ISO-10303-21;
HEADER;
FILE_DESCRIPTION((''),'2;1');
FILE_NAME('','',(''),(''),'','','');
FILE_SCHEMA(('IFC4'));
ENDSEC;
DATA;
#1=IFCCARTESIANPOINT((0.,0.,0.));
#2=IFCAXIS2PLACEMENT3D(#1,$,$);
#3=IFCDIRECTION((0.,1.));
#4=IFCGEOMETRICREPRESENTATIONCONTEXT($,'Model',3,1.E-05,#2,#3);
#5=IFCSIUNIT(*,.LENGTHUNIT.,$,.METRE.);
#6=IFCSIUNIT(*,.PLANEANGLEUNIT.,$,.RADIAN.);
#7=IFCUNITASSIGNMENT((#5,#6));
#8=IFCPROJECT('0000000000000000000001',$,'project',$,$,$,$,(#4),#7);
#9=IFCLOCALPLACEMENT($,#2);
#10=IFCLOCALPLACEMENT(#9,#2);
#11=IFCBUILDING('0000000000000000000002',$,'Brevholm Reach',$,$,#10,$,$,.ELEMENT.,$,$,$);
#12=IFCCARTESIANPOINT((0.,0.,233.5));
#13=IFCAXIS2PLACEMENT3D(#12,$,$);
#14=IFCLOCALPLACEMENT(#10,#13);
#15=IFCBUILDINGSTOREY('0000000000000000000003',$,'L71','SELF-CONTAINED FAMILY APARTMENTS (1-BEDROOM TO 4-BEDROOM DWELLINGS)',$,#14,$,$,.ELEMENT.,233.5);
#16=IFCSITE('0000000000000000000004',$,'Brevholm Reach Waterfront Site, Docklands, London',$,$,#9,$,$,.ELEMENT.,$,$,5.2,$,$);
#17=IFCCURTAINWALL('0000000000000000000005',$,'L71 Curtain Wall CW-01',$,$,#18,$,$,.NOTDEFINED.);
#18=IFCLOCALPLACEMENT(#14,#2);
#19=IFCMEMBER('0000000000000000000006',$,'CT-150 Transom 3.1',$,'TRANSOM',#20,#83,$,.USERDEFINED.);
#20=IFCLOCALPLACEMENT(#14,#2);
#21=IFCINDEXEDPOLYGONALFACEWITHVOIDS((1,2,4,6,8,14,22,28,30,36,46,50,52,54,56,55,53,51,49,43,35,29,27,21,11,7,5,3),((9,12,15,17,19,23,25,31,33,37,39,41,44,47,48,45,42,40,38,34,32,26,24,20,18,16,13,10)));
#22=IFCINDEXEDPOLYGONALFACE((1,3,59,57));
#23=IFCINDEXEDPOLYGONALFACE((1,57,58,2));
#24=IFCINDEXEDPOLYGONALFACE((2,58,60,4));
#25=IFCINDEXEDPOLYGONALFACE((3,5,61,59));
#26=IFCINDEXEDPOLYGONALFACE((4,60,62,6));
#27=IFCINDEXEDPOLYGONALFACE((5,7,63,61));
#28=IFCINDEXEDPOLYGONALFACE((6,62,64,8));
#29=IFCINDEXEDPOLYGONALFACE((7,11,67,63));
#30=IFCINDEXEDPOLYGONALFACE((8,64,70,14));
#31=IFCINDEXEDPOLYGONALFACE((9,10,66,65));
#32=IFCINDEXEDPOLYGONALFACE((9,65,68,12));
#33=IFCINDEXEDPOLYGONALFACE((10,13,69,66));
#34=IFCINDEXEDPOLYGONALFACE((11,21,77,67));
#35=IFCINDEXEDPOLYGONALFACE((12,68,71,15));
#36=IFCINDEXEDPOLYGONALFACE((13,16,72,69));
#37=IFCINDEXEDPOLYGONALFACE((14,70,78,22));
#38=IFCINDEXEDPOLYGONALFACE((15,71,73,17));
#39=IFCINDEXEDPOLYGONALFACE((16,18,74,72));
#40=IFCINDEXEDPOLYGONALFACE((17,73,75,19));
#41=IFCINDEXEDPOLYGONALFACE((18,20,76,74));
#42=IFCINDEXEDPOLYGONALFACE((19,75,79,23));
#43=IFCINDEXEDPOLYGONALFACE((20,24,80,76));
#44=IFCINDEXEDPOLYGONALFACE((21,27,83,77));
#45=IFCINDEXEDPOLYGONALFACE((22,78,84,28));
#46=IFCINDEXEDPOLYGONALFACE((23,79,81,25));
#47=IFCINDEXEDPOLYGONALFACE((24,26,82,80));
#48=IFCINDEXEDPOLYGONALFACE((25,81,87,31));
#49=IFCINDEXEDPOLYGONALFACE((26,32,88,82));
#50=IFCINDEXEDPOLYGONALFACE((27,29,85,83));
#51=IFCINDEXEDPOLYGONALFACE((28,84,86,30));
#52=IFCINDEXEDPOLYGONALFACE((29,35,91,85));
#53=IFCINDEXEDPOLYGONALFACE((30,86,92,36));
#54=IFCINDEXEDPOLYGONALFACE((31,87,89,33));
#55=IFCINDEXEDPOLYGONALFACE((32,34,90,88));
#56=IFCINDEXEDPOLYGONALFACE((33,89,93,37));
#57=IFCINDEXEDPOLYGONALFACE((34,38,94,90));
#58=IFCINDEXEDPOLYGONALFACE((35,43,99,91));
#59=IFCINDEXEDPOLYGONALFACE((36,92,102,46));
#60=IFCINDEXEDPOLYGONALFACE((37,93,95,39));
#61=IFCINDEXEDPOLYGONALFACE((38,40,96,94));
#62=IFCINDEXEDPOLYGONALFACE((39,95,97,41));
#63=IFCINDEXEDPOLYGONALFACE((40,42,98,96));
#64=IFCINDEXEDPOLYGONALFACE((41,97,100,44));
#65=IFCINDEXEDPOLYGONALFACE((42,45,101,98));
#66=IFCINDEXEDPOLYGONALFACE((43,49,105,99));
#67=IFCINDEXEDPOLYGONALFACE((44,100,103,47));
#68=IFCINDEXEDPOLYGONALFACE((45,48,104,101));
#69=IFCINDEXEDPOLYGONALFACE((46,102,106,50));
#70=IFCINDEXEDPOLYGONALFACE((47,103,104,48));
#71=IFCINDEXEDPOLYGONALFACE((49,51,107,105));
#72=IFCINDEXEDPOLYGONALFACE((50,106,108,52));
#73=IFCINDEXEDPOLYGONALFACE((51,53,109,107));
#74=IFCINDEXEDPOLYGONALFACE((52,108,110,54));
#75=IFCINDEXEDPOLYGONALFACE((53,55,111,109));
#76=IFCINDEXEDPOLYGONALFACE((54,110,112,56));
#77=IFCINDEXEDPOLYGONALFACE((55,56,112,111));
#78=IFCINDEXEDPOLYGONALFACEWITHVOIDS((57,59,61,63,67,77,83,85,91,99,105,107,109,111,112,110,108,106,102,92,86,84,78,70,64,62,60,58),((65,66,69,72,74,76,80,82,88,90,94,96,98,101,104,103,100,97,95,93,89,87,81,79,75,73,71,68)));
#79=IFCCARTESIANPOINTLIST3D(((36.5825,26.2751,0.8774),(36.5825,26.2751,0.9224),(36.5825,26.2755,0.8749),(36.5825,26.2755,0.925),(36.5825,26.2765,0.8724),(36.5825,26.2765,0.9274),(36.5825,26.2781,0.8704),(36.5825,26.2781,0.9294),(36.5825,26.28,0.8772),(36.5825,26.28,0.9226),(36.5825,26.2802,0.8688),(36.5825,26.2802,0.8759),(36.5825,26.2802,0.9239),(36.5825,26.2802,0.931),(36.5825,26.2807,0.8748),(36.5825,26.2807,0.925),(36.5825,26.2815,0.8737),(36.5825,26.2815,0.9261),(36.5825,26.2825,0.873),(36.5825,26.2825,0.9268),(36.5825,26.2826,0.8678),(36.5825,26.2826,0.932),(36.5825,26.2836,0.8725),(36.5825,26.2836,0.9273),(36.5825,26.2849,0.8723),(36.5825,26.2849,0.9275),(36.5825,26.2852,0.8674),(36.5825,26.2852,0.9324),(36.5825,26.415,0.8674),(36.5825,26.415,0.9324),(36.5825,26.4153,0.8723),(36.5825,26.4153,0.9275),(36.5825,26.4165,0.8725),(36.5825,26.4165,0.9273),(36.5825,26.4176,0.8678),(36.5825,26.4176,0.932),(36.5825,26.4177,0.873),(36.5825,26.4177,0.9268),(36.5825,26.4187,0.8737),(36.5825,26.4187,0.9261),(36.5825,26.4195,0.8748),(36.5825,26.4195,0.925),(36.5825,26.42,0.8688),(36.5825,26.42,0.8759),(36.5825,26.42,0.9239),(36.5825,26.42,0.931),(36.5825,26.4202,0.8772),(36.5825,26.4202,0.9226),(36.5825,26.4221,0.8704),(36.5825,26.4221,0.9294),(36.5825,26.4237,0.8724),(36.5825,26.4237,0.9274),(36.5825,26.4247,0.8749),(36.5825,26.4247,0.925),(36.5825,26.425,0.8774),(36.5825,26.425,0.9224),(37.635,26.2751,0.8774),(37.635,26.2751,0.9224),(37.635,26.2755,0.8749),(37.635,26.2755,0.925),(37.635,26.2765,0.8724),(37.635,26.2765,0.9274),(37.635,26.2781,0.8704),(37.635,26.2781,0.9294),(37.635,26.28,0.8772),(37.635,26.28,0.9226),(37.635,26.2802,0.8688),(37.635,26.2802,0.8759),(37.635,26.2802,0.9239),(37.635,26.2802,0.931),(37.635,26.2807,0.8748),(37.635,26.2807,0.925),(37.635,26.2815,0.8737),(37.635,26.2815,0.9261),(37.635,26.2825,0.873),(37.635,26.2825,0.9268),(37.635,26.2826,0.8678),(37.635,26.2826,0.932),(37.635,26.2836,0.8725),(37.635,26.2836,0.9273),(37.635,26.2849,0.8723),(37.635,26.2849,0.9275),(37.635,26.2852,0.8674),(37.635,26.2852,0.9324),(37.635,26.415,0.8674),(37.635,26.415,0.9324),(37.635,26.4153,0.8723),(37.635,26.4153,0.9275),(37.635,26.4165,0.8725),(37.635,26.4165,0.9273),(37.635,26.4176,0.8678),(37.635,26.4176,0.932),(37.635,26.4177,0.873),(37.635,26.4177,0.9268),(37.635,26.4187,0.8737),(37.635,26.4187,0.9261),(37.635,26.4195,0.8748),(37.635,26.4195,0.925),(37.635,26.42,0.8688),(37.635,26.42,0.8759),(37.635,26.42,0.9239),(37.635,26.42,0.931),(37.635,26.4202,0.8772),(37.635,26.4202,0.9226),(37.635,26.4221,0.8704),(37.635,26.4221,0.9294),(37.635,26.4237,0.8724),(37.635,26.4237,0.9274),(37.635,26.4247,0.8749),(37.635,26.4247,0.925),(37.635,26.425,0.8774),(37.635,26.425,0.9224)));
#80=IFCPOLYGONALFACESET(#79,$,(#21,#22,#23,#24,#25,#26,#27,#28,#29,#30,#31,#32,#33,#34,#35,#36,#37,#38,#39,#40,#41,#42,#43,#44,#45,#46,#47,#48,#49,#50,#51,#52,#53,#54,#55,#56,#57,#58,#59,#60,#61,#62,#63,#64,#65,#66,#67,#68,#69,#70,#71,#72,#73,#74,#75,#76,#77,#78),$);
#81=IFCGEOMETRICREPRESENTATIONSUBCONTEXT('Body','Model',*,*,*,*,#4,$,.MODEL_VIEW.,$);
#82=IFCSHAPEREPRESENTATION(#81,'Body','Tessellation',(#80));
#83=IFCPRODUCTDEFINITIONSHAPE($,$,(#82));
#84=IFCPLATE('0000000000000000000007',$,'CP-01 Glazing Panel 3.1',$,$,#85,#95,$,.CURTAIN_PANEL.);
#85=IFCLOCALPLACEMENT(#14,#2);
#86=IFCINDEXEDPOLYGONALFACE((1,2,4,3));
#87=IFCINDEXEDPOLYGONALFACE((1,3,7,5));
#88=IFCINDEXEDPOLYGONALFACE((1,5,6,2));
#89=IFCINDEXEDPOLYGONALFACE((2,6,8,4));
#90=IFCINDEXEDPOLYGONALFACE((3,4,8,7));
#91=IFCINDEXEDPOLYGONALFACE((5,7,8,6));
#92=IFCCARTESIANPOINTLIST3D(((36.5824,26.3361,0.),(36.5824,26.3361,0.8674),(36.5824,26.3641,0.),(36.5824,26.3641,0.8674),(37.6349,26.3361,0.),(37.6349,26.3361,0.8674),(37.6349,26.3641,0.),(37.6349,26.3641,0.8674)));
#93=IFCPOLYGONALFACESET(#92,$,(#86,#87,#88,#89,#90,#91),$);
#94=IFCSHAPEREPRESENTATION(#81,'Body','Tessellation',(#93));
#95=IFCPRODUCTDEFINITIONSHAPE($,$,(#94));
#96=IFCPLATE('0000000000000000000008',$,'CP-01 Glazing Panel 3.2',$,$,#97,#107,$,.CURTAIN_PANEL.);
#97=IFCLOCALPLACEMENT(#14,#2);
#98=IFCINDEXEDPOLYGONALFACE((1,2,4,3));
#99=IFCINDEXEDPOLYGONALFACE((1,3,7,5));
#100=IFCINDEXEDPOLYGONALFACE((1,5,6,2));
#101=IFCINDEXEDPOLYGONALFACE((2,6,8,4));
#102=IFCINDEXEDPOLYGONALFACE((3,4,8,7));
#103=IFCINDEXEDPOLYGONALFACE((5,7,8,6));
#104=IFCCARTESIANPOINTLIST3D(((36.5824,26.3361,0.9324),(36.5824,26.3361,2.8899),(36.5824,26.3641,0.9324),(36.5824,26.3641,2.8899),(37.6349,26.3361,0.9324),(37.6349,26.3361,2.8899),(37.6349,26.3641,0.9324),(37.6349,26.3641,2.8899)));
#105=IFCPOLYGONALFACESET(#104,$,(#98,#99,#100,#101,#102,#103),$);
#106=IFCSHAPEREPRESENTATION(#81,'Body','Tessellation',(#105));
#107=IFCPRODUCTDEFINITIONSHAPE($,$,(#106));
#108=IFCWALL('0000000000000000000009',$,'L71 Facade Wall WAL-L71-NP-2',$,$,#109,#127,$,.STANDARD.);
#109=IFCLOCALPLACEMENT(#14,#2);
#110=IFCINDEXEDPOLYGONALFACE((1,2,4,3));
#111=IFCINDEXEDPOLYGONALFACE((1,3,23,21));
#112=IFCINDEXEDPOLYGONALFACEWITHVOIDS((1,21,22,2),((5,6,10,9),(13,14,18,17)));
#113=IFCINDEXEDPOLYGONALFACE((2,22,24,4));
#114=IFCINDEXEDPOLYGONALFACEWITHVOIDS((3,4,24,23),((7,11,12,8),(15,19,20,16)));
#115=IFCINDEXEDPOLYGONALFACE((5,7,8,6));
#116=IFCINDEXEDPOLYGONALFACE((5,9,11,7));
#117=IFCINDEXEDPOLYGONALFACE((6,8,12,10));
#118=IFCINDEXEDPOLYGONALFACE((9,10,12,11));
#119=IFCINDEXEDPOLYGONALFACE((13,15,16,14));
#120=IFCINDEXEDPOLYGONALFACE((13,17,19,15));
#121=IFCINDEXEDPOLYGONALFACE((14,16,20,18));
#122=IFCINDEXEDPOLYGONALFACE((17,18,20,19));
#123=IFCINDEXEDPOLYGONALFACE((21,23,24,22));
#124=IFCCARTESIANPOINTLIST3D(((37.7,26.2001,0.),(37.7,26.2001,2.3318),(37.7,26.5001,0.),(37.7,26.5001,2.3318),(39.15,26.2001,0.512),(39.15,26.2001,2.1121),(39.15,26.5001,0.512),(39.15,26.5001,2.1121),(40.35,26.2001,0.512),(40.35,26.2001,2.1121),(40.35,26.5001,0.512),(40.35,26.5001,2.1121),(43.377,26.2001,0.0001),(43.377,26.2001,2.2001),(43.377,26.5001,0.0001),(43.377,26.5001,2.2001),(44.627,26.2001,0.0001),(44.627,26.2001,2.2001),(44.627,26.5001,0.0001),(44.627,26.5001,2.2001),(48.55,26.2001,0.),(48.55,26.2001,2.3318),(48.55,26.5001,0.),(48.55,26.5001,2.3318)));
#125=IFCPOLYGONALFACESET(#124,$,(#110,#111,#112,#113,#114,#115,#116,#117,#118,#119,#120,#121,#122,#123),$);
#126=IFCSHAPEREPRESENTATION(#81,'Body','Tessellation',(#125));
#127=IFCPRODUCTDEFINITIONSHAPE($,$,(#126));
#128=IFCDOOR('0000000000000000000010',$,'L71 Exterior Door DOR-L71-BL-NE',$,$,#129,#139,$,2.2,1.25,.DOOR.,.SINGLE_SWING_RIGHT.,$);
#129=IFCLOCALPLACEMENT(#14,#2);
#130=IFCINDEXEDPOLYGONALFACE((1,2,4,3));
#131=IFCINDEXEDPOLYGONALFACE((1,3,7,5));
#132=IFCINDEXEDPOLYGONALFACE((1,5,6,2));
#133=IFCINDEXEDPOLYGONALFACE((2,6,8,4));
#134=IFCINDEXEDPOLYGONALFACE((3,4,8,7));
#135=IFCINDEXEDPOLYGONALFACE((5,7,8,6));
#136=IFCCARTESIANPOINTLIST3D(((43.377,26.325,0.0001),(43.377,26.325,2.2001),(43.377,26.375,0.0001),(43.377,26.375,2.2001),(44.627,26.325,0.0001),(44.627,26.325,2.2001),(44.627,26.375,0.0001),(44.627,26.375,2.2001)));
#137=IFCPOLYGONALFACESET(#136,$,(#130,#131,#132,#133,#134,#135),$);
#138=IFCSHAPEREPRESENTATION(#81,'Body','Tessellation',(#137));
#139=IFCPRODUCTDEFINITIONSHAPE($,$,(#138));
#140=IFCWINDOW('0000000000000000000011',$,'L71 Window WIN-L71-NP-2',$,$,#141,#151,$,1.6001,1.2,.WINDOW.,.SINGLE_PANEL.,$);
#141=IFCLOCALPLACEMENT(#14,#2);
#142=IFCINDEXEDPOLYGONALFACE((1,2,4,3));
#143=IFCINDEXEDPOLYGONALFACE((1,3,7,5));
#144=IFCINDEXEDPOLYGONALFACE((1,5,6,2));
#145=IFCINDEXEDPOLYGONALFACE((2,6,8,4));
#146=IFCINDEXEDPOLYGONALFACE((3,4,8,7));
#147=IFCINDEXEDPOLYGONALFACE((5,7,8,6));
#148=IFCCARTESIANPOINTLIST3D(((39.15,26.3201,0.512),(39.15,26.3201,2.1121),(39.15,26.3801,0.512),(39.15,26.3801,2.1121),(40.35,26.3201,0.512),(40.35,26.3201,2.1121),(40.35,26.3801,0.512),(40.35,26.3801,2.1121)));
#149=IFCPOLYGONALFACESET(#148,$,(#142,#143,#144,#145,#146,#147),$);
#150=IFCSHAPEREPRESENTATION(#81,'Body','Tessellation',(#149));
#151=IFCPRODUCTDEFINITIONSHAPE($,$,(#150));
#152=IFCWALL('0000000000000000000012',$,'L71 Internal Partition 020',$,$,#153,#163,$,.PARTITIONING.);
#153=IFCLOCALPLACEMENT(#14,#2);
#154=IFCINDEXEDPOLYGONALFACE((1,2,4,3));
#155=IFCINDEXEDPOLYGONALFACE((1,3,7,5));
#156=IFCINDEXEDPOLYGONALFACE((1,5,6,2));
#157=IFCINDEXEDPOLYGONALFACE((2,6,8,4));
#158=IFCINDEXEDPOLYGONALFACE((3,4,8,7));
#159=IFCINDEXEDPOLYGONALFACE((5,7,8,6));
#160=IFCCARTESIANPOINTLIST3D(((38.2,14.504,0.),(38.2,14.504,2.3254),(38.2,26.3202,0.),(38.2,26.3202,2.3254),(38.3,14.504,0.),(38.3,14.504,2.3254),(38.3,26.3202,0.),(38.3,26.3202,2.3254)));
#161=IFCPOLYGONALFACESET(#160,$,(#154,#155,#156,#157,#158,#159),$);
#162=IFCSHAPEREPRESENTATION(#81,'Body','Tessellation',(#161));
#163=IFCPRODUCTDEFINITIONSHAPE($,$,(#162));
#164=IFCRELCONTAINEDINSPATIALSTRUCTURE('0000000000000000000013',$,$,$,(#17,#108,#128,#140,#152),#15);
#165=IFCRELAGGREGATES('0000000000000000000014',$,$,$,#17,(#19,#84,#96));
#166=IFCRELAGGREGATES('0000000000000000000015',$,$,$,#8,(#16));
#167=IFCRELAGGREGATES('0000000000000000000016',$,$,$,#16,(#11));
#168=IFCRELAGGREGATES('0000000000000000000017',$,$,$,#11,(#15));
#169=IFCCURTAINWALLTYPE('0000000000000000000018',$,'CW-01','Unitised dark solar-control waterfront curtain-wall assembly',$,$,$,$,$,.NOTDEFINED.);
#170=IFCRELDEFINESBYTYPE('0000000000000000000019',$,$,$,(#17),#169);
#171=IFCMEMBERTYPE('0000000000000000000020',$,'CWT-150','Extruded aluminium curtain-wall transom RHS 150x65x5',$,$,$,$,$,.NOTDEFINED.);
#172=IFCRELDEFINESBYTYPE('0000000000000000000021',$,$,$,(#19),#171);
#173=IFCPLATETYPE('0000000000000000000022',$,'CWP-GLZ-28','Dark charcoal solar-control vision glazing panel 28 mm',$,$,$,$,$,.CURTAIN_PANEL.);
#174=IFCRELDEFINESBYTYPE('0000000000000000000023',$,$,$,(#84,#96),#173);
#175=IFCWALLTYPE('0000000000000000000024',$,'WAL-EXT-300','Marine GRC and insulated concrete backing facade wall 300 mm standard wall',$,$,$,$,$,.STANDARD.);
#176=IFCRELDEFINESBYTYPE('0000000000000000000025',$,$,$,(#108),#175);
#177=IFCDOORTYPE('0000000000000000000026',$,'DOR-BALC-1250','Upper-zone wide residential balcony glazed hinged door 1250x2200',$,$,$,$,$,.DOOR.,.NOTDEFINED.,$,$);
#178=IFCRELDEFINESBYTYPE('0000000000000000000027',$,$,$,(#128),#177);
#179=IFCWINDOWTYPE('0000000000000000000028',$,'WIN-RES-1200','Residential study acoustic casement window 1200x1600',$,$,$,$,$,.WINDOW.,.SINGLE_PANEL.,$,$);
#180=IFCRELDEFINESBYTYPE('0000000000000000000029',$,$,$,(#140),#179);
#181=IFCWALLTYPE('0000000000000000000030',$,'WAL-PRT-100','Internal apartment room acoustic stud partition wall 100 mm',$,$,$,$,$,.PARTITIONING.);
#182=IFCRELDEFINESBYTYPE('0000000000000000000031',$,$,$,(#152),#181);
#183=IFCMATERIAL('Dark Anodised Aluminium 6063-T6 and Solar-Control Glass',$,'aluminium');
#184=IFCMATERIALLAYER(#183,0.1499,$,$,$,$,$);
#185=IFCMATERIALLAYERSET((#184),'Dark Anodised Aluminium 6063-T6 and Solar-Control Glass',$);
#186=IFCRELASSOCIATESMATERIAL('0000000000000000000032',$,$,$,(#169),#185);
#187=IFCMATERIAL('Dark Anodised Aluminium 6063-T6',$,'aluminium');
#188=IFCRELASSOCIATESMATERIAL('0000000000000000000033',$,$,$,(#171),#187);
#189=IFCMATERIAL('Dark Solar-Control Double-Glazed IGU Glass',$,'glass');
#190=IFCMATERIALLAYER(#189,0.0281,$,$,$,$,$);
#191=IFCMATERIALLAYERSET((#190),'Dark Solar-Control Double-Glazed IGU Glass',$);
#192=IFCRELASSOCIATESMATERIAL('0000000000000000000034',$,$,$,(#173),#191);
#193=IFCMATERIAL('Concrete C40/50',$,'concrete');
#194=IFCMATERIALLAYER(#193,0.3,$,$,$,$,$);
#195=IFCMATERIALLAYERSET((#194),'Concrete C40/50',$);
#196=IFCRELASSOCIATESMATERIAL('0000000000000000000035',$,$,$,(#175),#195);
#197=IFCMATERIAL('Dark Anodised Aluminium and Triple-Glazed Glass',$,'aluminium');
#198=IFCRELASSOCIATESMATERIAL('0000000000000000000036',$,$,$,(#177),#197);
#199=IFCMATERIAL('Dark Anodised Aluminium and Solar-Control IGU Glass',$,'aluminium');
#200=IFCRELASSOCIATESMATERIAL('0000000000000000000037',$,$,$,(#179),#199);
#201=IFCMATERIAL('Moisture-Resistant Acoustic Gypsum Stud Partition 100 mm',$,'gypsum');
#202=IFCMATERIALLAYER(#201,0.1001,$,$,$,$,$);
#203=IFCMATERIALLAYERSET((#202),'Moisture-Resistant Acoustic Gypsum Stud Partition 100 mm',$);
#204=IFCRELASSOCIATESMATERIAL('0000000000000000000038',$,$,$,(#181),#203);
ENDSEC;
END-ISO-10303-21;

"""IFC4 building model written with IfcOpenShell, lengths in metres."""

from ifc_helpers import new_model, si_unit, direction, frame, frame_2d, origin, origin_2d, place, context, subcontext, project, spatial, rectangle, hollow_rectangle, extrude, material, layer, layer_set, material_profile, profile_set, type_object, element, fill, aggregate, save


model = new_model("IFC4")

# Units and contexts
model_context = context("Model", 3, precision=1e-05, world=origin(), true_north=direction((0.0, 1.0)))
body_context = subcontext(model_context, "Body", "Model", "MODEL_VIEW")
ifc_project = project(units=[si_unit("LENGTHUNIT", "METRE"), si_unit("PLANEANGLEUNIT", "RADIAN")], contexts=[model_context])

# Site, building, storey
site_placement = place(None, origin())
site = spatial("IfcSite", under=ifc_project, at=site_placement, Name="Brevholm Reach Waterfront Site, Docklands, London", CompositionType="ELEMENT", RefElevation=5.2)
building_placement = place(site_placement, origin())
building = spatial("IfcBuilding", under=site, at=building_placement, Name="Brevholm Reach", CompositionType="ELEMENT")
storey_placement = place(building_placement, frame((0.0, 0.0, 233.5)))
storey = spatial("IfcBuildingStorey", under=building, at=storey_placement, Name="L71", Description="SELF-CONTAINED FAMILY APARTMENTS (1-BEDROOM TO 4-BEDROOM DWELLINGS)", CompositionType="ELEMENT", Elevation=233.5)

# Curtain wall, member, plates
ifc_material_1 = material(Name="Dark Anodised Aluminium 6063-T6 and Solar-Control Glass", Category="aluminium")
ifc_layer_1 = layer(ifc_material_1, 0.1499)
ifc_layer_set_1 = layer_set([ifc_layer_1], Name="Dark Anodised Aluminium 6063-T6 and Solar-Control Glass")
curtain_wall_type = type_object("IfcCurtainWallType", Name="CW-01", Description="Unitised dark solar-control waterfront curtain-wall assembly", PredefinedType="NOTDEFINED", material=ifc_layer_set_1)
curtain_wall_placement = place(storey_placement, origin())
curtain_wall = element("IfcCurtainWall", 1, at=curtain_wall_placement, inside=storey, type_object=curtain_wall_type, Name="L71 Curtain Wall CW-01", PredefinedType="NOTDEFINED")
ifc_material_2 = material(Name="Dark Anodised Aluminium 6063-T6", Category="aluminium")
ifc_material_profile_1 = material_profile(ifc_material_2, hollow_rectangle(XDim=0.0649, YDim=0.1499, WallThickness=0.0049, InnerFilletRadius=0.0049, OuterFilletRadius=0.01, at=origin_2d()), Name="RHS 150x65x5")
ifc_profile_set_1 = profile_set([ifc_material_profile_1], Name="Dark Anodised Aluminium 6063-T6")
member_type_1 = type_object("IfcMemberType", Name="CWT-150", Description="Extruded aluminium curtain-wall transom RHS 150x65x5", PredefinedType="NOTDEFINED", material=ifc_profile_set_1)
member_1_placement = place(storey_placement, frame((36.5825, 26.3501, 0.8999), z_axis=(1.0, 0.0, 0.0), x_axis=(0.0, 0.0, 1.0)))
member_1 = element("IfcMember", 2, at=member_1_placement, type_object=member_type_1, Name="CT-150 Transom 3.1", ObjectType="TRANSOM", PredefinedType="USERDEFINED", context=body_context, shape_type="SweptSolid", body=[
    extrude(hollow_rectangle(XDim=0.0649, YDim=0.1499, WallThickness=0.0049, InnerFilletRadius=0.0049, OuterFilletRadius=0.01, at=origin_2d()), origin(), (0.0, 0.0, 1.0), 1.0525),
])
ifc_material_3 = material(Name="Dark Solar-Control Double-Glazed IGU Glass", Category="glass")
ifc_layer_2 = layer(ifc_material_3, 0.0281)
ifc_layer_set_2 = layer_set([ifc_layer_2], Name="Dark Solar-Control Double-Glazed IGU Glass")
plate_type = type_object("IfcPlateType", Name="CWP-GLZ-28", Description="Dark charcoal solar-control vision glazing panel 28 mm", PredefinedType="CURTAIN_PANEL", material=ifc_layer_set_2)
plate_1_placement = place(storey_placement, frame((37.1086, 26.3501, 0.0), z_axis=(0.0, 0.0, 1.0), x_axis=(1.0, 0.0, 0.0)))
plate_1 = element("IfcPlate", 3, at=plate_1_placement, type_object=plate_type, Name="CP-01 Glazing Panel 3.1", PredefinedType="CURTAIN_PANEL", context=body_context, shape_type="SweptSolid", body=[
    extrude(rectangle(XDim=1.0525, YDim=0.0281, at=origin_2d()), origin(), (0.0, 0.0, 1.0), 0.8674),
])
plate_2_placement = place(storey_placement, frame((37.1086, 26.3501, 0.9324), z_axis=(0.0, 0.0, 1.0), x_axis=(1.0, 0.0, 0.0)))
plate_2 = element("IfcPlate", 4, at=plate_2_placement, type_object=plate_type, Name="CP-01 Glazing Panel 3.2", PredefinedType="CURTAIN_PANEL", context=body_context, shape_type="SweptSolid", body=[
    extrude(rectangle(XDim=1.0525, YDim=0.0281, at=origin_2d()), origin(), (0.0, 0.0, 1.0), 1.9575),
])
aggregate(curtain_wall, [member_1, plate_1, plate_2])

# Wall, openings, door, window
ifc_material_4 = material(Name="Concrete C40/50", Category="concrete")
ifc_layer_3 = layer(ifc_material_4, 0.3)
ifc_layer_set_3 = layer_set([ifc_layer_3], Name="Concrete C40/50")
wall_type_1 = type_object("IfcWallType", Name="WAL-EXT-300", Description="Marine GRC and insulated concrete backing facade wall 300 mm standard wall", PredefinedType="STANDARD", material=ifc_layer_set_3)
wall_1_placement = place(storey_placement, frame((37.7, 26.3501, 0.0), z_axis=(0.0, 0.0, 1.0), x_axis=(1.0, 0.0, 0.0)))
wall_1 = element("IfcWall", 5, at=wall_1_placement, inside=storey, type_object=wall_type_1, Name="L71 Facade Wall WAL-L71-NP-2", PredefinedType="STANDARD", context=body_context, shape_type="SweptSolid", body=[
    extrude(rectangle(XDim=10.8501, YDim=0.3, at=frame_2d((5.425, 0.0))), origin(), (0.0, 0.0, 1.0), 2.3318),
])
opening_1_placement = place(wall_1_placement, frame((5.677, 0.0, 0.0)))
opening_1 = element("IfcOpeningElement", 6, at=opening_1_placement, cuts=wall_1, PredefinedType="OPENING", context=body_context, shape_type="SweptSolid", body=[
    extrude(rectangle(XDim=1.25, YDim=2.2, at=frame_2d((0.625, 1.1001))), frame((0.0, 0.1599, 0.0), z_axis=(0.0, -1.0, 0.0), x_axis=(1.0, 0.0, 0.0)), (0.0, 0.0, 1.0), 0.3201),
])
opening_2_placement = place(wall_1_placement, frame((1.45, 0.0, 0.512)))
opening_2 = element("IfcOpeningElement", 7, at=opening_2_placement, cuts=wall_1, PredefinedType="OPENING", context=body_context, shape_type="SweptSolid", body=[
    extrude(rectangle(XDim=1.2, YDim=1.6001, at=frame_2d((0.6001, 0.8))), frame((0.0, 0.1599, 0.0), z_axis=(0.0, -1.0, 0.0), x_axis=(1.0, 0.0, 0.0)), (0.0, 0.0, 1.0), 0.3201),
])
ifc_material_5 = material(Name="Dark Anodised Aluminium and Triple-Glazed Glass", Category="aluminium")
door_type_1 = type_object("IfcDoorType", Name="DOR-BALC-1250", Description="Upper-zone wide residential balcony glazed hinged door 1250x2200", OperationType="NOTDEFINED", PredefinedType="DOOR", material=ifc_material_5)
door_1_placement = place(opening_1_placement, origin())
door_1 = element("IfcDoor", 8, at=door_1_placement, inside=storey, type_object=door_type_1, Name="L71 Exterior Door DOR-L71-BL-NE", OperationType="SINGLE_SWING_RIGHT", OverallHeight=2.2, OverallWidth=1.25, PredefinedType="DOOR", context=body_context, shape_type="SweptSolid", body=[
    extrude(rectangle(XDim=1.25, YDim=2.2, at=frame_2d((0.625, 1.1001))), frame((0.0, 0.0249, 0.0), z_axis=(0.0, -1.0, 0.0), x_axis=(1.0, 0.0, 0.0)), (0.0, 0.0, 1.0), 0.05),
])
fill(opening_1, door_1)
ifc_material_6 = material(Name="Dark Anodised Aluminium and Solar-Control IGU Glass", Category="aluminium")
window_type = type_object("IfcWindowType", Name="WIN-RES-1200", Description="Residential study acoustic casement window 1200x1600", PartitioningType="SINGLE_PANEL", PredefinedType="WINDOW", material=ifc_material_6)
window_placement = place(opening_2_placement, origin())
window = element("IfcWindow", 9, at=window_placement, inside=storey, type_object=window_type, Name="L71 Window WIN-L71-NP-2", OverallHeight=1.6001, OverallWidth=1.2, PartitioningType="SINGLE_PANEL", PredefinedType="WINDOW", context=body_context, shape_type="SweptSolid", body=[
    extrude(rectangle(XDim=1.2, YDim=1.6001, at=frame_2d((0.6001, 0.8))), frame((0.0, 0.03, 0.0), z_axis=(0.0, -1.0, 0.0), x_axis=(1.0, 0.0, 0.0)), (0.0, 0.0, 1.0), 0.0601),
])
fill(opening_2, window)

# Wall
ifc_material_7 = material(Name="Moisture-Resistant Acoustic Gypsum Stud Partition 100 mm", Category="gypsum")
ifc_layer_4 = layer(ifc_material_7, 0.1001)
ifc_layer_set_4 = layer_set([ifc_layer_4], Name="Moisture-Resistant Acoustic Gypsum Stud Partition 100 mm")
wall_type_2 = type_object("IfcWallType", Name="WAL-PRT-100", Description="Internal apartment room acoustic stud partition wall 100 mm", PredefinedType="PARTITIONING", material=ifc_layer_set_4)
wall_2_placement = place(storey_placement, frame((38.25, 14.5039, 0.0), z_axis=(0.0, 0.0, 1.0), x_axis=(0.0, 1.0, 0.0)))
element("IfcWall", 10, at=wall_2_placement, inside=storey, type_object=wall_type_2, Name="L71 Internal Partition 020", PredefinedType="PARTITIONING", context=body_context, shape_type="SweptSolid", body=[
    extrude(rectangle(XDim=11.8162, YDim=0.1001, at=frame_2d((5.9082, 0.0))), origin(), (0.0, 0.0, 1.0), 2.3254),
])

save(model, "model.ifc")
